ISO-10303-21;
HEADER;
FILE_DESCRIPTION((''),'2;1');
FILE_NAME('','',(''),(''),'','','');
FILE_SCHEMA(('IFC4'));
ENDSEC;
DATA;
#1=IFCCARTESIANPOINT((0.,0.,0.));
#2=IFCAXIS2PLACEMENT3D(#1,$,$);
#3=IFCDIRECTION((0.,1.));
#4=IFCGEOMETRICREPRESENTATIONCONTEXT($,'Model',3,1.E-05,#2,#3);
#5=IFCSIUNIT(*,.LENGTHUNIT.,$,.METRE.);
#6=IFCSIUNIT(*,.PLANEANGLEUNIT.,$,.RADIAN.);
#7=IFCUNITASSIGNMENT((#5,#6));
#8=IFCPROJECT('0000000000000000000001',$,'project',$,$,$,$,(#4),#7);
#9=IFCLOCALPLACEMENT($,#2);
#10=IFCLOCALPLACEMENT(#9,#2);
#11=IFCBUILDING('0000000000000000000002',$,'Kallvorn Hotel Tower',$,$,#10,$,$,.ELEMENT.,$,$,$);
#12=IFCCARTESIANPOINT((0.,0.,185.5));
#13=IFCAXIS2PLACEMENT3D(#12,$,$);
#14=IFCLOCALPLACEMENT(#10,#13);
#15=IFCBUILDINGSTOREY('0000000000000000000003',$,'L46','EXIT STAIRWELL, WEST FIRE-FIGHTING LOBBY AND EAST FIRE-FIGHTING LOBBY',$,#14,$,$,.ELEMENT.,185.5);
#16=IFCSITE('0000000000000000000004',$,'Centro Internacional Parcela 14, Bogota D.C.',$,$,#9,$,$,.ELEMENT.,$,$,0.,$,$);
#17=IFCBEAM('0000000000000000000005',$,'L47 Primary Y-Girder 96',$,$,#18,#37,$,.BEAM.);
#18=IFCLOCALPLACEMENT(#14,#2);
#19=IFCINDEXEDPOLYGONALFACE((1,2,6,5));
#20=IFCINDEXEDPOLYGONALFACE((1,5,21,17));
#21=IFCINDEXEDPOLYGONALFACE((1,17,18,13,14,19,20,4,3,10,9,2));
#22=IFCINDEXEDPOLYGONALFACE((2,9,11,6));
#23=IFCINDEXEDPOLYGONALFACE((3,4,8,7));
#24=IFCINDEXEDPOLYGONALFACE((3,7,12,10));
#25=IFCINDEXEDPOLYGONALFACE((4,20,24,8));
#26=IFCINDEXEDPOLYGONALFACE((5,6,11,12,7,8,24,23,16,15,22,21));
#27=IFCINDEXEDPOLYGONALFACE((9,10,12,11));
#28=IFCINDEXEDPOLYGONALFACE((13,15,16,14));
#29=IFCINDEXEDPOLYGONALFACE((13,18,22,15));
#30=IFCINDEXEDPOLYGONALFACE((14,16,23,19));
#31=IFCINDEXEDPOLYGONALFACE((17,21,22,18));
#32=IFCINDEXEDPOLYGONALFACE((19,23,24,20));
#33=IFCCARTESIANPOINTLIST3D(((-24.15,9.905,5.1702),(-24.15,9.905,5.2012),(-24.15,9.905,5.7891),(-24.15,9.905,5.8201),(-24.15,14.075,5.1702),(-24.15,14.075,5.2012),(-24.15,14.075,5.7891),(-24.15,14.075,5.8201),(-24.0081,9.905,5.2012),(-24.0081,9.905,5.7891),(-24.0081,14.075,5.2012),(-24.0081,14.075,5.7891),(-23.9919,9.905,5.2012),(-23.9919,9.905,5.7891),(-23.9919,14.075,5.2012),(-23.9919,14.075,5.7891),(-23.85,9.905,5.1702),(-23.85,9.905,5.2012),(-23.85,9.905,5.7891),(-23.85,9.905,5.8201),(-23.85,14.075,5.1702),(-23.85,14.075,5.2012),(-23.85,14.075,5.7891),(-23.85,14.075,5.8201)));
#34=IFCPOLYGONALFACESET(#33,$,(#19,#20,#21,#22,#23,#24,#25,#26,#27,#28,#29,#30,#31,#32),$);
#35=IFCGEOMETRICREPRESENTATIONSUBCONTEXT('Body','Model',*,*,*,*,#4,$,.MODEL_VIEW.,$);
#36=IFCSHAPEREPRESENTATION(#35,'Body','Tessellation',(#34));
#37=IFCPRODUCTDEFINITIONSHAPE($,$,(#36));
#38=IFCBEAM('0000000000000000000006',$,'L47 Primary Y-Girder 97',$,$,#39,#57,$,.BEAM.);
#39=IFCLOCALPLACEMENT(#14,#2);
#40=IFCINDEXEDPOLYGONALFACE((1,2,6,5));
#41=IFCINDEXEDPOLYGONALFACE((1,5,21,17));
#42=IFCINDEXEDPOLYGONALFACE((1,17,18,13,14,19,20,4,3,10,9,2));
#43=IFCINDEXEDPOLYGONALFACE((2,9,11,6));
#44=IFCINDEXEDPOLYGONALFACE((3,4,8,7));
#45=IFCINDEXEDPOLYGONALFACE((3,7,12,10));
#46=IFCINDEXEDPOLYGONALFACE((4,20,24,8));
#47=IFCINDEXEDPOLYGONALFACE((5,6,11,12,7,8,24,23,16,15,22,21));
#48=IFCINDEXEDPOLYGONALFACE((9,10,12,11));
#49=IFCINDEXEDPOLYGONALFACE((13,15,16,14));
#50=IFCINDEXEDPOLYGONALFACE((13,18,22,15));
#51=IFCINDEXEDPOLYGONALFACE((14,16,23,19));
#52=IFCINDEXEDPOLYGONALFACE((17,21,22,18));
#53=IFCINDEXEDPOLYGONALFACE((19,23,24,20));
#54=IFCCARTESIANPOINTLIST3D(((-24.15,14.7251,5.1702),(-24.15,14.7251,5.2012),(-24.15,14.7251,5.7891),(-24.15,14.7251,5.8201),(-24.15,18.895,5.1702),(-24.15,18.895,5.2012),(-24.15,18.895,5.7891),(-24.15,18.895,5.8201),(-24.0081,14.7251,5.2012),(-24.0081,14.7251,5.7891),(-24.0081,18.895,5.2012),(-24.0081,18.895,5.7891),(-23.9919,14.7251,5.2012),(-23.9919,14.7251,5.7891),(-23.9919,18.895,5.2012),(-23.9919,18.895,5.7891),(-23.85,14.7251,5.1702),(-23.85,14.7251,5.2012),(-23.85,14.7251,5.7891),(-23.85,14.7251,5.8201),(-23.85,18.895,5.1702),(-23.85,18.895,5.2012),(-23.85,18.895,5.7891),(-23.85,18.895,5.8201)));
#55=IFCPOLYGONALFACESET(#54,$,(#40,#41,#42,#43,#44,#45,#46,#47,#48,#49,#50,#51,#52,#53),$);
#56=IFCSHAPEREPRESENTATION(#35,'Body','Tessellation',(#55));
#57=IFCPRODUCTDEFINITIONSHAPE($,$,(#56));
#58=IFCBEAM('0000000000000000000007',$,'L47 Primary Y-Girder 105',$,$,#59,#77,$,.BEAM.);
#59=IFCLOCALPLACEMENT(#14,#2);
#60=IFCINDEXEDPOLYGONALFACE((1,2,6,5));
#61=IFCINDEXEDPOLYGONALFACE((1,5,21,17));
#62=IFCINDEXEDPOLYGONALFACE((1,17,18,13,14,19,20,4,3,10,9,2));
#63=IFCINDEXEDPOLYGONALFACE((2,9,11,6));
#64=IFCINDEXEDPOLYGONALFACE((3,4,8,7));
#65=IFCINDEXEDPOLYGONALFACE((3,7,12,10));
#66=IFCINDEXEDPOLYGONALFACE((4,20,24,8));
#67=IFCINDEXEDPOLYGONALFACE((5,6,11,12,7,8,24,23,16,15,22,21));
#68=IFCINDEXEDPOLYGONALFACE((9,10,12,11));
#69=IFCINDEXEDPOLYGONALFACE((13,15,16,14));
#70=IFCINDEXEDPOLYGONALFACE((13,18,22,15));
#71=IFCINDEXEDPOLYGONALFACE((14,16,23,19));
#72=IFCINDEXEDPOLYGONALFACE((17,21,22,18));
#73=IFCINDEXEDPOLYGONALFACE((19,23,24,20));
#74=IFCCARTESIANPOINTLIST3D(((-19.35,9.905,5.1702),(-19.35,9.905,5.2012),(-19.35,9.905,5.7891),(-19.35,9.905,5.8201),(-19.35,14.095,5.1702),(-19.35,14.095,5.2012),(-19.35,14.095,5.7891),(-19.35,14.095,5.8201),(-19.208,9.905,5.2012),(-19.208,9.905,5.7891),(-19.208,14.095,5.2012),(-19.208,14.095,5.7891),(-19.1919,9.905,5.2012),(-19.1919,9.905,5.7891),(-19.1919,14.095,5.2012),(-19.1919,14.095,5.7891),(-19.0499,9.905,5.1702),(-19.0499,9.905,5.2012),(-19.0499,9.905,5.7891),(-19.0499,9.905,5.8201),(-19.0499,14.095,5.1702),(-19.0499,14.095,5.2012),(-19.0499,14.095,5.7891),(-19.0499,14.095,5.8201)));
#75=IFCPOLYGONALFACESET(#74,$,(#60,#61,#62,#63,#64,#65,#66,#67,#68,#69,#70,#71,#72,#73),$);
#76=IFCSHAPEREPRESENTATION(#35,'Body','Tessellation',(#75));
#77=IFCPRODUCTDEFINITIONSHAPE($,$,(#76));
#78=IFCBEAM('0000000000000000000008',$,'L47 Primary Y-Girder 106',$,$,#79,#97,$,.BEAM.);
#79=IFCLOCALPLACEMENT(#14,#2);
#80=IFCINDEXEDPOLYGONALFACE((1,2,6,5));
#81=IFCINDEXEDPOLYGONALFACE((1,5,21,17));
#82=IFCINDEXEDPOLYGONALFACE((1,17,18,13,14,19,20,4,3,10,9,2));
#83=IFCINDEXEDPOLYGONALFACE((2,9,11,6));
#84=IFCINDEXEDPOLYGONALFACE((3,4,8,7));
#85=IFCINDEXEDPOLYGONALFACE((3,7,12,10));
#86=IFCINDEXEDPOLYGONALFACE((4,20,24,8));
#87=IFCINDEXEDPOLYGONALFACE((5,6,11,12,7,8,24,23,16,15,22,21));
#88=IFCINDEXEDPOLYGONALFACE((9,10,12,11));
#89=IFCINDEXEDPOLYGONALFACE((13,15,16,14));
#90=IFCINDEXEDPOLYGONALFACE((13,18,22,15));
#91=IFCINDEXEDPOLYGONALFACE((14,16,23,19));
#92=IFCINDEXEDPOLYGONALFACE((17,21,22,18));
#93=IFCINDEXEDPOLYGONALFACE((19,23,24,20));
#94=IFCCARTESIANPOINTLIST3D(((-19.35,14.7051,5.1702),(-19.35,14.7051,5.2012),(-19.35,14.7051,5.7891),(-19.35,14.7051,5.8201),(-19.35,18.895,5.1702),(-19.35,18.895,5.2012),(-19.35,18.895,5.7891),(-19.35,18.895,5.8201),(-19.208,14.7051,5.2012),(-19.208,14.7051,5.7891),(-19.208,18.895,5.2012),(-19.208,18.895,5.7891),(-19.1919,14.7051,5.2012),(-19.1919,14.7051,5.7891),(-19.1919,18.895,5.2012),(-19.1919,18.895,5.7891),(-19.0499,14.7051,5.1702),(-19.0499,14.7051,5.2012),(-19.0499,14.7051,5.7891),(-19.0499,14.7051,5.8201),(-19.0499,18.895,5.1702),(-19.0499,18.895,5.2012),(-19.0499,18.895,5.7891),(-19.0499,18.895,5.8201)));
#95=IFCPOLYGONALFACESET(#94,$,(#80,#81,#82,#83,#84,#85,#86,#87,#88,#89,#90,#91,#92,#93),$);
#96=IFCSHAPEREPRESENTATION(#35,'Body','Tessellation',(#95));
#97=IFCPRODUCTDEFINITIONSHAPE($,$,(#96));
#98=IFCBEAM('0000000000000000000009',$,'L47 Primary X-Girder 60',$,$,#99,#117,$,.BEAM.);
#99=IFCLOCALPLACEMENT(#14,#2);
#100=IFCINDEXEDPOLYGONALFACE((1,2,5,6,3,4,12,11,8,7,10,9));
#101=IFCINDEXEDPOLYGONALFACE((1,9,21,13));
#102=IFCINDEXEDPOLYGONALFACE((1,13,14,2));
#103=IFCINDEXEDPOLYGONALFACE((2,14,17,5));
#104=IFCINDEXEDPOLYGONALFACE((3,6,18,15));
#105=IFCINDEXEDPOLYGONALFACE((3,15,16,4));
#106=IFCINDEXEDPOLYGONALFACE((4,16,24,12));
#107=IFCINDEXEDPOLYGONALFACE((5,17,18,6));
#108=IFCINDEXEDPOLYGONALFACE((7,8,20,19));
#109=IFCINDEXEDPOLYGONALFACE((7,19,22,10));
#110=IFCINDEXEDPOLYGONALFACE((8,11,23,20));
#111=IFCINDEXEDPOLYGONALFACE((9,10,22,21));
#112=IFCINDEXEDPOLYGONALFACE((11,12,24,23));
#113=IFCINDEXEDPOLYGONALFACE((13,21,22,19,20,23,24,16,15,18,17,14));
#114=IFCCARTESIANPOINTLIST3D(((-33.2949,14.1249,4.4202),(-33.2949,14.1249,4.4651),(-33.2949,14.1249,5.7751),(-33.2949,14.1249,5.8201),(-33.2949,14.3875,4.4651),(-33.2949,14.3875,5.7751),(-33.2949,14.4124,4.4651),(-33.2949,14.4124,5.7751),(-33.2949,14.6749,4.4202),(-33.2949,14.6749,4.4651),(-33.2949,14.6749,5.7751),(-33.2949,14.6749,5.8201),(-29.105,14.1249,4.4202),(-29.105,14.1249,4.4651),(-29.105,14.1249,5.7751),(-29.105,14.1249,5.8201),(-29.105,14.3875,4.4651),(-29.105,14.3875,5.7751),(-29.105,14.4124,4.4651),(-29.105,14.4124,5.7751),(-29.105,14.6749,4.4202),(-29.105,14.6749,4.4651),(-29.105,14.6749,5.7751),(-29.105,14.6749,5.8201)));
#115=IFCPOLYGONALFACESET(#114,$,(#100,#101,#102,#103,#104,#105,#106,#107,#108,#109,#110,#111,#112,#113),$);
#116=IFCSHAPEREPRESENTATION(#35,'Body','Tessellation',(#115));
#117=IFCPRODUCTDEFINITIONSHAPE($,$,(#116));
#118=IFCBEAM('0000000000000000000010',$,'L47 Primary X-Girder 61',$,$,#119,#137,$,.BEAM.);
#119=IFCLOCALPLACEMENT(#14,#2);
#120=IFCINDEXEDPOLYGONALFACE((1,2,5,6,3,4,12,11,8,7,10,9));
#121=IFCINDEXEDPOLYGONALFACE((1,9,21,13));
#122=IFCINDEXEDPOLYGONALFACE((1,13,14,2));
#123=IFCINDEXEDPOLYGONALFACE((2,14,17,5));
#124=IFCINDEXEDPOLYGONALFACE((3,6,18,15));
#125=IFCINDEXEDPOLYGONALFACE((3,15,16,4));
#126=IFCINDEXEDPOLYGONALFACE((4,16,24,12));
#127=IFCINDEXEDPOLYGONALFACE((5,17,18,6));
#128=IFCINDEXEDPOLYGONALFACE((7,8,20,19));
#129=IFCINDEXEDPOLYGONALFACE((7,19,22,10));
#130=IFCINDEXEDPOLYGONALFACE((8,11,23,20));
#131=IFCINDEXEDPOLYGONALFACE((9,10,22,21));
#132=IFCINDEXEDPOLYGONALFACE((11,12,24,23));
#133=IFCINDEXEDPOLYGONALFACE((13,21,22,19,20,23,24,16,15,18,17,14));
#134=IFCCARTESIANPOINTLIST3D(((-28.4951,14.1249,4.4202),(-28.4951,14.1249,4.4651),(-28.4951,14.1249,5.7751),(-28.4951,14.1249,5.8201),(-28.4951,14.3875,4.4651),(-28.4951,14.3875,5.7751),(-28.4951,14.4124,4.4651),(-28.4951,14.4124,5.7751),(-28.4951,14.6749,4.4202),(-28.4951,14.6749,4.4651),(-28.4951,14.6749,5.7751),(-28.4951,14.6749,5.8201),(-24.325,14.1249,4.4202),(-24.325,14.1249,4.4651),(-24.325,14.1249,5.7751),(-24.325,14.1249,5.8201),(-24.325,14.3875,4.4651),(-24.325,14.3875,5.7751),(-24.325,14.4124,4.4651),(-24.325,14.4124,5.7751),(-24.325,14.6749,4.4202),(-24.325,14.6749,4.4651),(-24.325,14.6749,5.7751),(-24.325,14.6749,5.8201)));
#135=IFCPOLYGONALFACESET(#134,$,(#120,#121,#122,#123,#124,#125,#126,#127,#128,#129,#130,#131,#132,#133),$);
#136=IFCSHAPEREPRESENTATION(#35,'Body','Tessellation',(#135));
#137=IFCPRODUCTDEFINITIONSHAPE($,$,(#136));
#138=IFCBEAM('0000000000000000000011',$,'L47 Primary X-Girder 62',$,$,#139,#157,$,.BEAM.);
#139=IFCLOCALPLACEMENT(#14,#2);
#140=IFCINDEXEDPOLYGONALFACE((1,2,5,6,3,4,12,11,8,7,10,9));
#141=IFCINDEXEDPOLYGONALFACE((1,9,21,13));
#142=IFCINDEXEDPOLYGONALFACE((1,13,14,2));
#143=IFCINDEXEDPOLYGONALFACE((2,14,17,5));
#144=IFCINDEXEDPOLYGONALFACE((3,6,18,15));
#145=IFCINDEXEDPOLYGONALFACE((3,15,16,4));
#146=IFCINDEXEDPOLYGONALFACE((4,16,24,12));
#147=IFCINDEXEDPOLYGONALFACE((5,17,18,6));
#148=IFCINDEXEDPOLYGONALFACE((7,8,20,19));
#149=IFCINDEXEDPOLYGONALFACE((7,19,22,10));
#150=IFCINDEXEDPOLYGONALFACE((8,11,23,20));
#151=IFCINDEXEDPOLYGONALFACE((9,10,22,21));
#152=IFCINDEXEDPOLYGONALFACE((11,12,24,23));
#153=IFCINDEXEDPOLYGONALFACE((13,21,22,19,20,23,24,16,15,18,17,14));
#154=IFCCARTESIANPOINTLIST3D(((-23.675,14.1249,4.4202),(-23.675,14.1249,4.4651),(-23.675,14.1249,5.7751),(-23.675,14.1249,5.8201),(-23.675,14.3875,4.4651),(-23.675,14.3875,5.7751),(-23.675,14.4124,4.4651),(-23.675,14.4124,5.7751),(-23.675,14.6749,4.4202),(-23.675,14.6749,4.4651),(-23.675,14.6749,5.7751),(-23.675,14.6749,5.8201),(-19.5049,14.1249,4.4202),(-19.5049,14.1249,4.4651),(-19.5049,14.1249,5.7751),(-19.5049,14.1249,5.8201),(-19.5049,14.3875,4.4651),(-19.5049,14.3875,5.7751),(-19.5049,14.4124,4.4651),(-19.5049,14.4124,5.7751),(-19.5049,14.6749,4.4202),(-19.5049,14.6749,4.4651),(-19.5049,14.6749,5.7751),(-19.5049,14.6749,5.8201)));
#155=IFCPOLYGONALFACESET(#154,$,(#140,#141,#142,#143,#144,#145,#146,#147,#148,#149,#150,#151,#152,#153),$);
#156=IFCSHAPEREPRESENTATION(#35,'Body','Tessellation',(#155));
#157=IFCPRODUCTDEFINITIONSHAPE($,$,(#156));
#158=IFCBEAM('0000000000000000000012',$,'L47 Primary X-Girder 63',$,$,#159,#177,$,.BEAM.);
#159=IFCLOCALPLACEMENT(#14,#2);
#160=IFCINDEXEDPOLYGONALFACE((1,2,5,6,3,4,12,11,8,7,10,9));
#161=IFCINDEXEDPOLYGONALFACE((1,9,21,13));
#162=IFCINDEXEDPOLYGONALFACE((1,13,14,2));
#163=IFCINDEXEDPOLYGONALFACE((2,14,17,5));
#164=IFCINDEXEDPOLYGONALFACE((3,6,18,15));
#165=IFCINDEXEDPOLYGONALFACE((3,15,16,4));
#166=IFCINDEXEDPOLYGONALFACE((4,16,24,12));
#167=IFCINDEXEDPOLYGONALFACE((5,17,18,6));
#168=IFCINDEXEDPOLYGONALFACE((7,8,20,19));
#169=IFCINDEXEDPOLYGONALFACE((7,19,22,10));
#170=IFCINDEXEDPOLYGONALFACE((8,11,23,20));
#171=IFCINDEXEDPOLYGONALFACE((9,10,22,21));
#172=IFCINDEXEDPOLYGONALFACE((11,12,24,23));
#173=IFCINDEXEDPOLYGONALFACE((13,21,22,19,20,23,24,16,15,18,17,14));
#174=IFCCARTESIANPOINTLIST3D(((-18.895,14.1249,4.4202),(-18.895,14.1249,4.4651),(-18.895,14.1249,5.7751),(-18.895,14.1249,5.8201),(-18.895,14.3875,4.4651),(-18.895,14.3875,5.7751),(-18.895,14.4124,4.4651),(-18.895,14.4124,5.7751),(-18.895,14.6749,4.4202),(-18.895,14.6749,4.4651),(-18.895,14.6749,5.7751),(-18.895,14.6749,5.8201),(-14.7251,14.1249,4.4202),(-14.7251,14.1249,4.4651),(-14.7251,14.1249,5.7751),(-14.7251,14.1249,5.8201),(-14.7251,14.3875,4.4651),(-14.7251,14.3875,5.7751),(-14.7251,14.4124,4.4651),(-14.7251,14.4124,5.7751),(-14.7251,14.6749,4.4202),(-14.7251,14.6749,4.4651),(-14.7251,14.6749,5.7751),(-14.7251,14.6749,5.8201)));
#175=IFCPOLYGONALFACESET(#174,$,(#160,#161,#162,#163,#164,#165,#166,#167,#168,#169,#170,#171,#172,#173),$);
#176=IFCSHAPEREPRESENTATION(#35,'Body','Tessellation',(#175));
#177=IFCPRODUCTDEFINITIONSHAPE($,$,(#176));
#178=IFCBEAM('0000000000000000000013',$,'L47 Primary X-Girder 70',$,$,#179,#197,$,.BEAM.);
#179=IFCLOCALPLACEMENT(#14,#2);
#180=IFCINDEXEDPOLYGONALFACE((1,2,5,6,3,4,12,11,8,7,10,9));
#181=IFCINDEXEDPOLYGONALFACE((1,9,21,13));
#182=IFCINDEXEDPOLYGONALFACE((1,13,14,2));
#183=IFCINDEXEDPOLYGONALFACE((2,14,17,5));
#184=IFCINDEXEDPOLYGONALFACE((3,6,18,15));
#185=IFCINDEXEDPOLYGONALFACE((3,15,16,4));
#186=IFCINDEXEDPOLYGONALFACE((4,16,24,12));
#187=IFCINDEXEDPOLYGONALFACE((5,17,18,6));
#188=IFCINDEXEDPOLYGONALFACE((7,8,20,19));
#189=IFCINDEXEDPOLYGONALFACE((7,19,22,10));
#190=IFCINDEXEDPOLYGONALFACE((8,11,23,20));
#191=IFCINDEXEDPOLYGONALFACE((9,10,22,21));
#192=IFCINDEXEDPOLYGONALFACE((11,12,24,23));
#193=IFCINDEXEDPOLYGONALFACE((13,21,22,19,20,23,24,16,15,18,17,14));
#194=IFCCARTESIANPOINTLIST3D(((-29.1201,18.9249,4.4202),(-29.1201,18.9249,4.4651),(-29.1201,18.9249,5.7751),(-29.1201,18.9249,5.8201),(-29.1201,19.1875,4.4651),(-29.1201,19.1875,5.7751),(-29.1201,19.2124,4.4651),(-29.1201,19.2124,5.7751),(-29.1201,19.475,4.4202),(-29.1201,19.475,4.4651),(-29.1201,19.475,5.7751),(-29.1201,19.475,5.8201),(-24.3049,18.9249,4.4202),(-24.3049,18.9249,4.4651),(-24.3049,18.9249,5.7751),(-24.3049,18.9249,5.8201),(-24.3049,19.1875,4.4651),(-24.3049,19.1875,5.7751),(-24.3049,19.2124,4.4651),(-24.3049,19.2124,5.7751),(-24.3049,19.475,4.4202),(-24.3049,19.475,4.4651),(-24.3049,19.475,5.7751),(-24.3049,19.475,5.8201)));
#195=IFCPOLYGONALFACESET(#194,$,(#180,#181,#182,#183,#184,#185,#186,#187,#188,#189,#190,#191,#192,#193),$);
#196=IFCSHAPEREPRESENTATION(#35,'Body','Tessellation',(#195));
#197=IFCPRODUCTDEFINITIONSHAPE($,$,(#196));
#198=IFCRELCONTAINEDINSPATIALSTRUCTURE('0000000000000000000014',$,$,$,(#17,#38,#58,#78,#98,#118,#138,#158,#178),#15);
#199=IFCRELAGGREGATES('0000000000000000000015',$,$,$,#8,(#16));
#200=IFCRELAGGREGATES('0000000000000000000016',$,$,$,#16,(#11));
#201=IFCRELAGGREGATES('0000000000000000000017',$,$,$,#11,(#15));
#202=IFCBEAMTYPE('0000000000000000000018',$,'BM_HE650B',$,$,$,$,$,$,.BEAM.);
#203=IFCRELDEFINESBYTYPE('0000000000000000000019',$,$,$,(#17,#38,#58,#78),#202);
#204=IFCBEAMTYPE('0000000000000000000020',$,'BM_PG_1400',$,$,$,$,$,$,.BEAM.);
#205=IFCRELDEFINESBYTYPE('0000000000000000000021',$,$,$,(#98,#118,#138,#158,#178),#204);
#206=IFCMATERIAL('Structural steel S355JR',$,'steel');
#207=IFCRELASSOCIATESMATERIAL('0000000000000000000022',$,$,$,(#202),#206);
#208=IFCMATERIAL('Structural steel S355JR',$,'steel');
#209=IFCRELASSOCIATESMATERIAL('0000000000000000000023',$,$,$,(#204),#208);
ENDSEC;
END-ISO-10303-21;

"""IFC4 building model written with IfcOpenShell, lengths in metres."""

from ifc_helpers import new_model, si_unit, direction, frame, origin, origin_2d, place, context, subcontext, project, spatial, i_section, extrude, material, material_profile, profile_set, type_object, element, save


model = new_model("IFC4")

# Units and contexts
model_context = context("Model", 3, precision=1e-05, world=origin(), true_north=direction((0.0, 1.0)))
body_context = subcontext(model_context, "Body", "Model", "MODEL_VIEW")
ifc_project = project(units=[si_unit("LENGTHUNIT", "METRE"), si_unit("PLANEANGLEUNIT", "RADIAN")], contexts=[model_context])

# Site, building, storey
site_placement = place(None, origin())
site = spatial("IfcSite", under=ifc_project, at=site_placement, Name="Centro Internacional Parcela 14, Bogota D.C.", CompositionType="ELEMENT", RefElevation=0.0)
building_placement = place(site_placement, origin())
building = spatial("IfcBuilding", under=site, at=building_placement, Name="Kallvorn Hotel Tower", CompositionType="ELEMENT")
storey_placement = place(building_placement, frame((0.0, 0.0, 185.5)))
storey = spatial("IfcBuildingStorey", under=building, at=storey_placement, Name="L46", Description="EXIT STAIRWELL, WEST FIRE-FIGHTING LOBBY AND EAST FIRE-FIGHTING LOBBY", CompositionType="ELEMENT", Elevation=185.5)

# Beams
ifc_material_1 = material(Name="Structural steel S355JR", Category="steel")
ifc_material_profile_1 = material_profile(ifc_material_1, i_section(OverallWidth=0.3, OverallDepth=0.6499, WebThickness=0.0161, FlangeThickness=0.031, at=origin_2d()), Name="HE 650 B")
ifc_profile_set_1 = profile_set([ifc_material_profile_1], Name="Structural steel S355JR")
beam_type_1 = type_object("IfcBeamType", Name="BM_HE650B", PredefinedType="BEAM", material=ifc_profile_set_1)
for number, where, z_axis, x_axis, name in (
    (1, (-24.0, 9.905, 5.4951), (0.0, 1.0, 0.0), (-1.0, 0.0, 0.0), "L47 Primary Y-Girder 96"),
    (2, (-24.0, 14.7251, 5.4951), (0.0, 1.0, 0.0), (-1.0, 0.0, 0.0), "L47 Primary Y-Girder 97"),
):
    element("IfcBeam", number, at=place(storey_placement, frame(where, z_axis=z_axis, x_axis=x_axis)), inside=storey, type_object=beam_type_1, Name=name, PredefinedType="BEAM", context=body_context, shape_type="SweptSolid", body=[
        extrude(i_section(OverallWidth=0.3, OverallDepth=0.6499, WebThickness=0.0161, FlangeThickness=0.031, at=origin_2d()), origin(), (0.0, 0.0, 1.0), 4.1699),
    ])
for number, where, z_axis, x_axis, name in (
    (3, (-19.2, 9.905, 5.4951), (0.0, 1.0, 0.0), (-1.0, 0.0, 0.0), "L47 Primary Y-Girder 105"),
    (4, (-19.2, 14.7051, 5.4951), (0.0, 1.0, 0.0), (-1.0, 0.0, 0.0), "L47 Primary Y-Girder 106"),
):
    element("IfcBeam", number, at=place(storey_placement, frame(where, z_axis=z_axis, x_axis=x_axis)), inside=storey, type_object=beam_type_1, Name=name, PredefinedType="BEAM", context=body_context, shape_type="SweptSolid", body=[
        extrude(i_section(OverallWidth=0.3, OverallDepth=0.6499, WebThickness=0.0161, FlangeThickness=0.031, at=origin_2d()), origin(), (0.0, 0.0, 1.0), 4.1899),
    ])
ifc_material_2 = material(Name="Structural steel S355JR", Category="steel")
ifc_material_profile_2 = material_profile(ifc_material_2, i_section(OverallWidth=0.55, OverallDepth=1.3999, WebThickness=0.0249, FlangeThickness=0.0449, at=origin_2d()), Name="PG 1400x550x25x45")
ifc_profile_set_2 = profile_set([ifc_material_profile_2], Name="Structural steel S355JR")
beam_type_2 = type_object("IfcBeamType", Name="BM_PG_1400", PredefinedType="BEAM", material=ifc_profile_set_2)
beam_1_placement = place(storey_placement, frame((-33.2949, 14.3999, 5.1201), z_axis=(1.0, 0.0, 0.0), x_axis=(0.0, 1.0, 0.0)))
element("IfcBeam", 5, at=beam_1_placement, inside=storey, type_object=beam_type_2, Name="L47 Primary X-Girder 60", PredefinedType="BEAM", context=body_context, shape_type="SweptSolid", body=[
    extrude(i_section(OverallWidth=0.55, OverallDepth=1.3999, WebThickness=0.0249, FlangeThickness=0.0449, at=origin_2d()), origin(), (0.0, 0.0, 1.0), 4.1899),
])
for number, where, z_axis, x_axis, name in (
    (6, (-28.4951, 14.3999, 5.1201), (1.0, 0.0, 0.0), (0.0, 1.0, 0.0), "L47 Primary X-Girder 61"),
    (7, (-23.675, 14.3999, 5.1201), (1.0, 0.0, 0.0), (0.0, 1.0, 0.0), "L47 Primary X-Girder 62"),
):
    element("IfcBeam", number, at=place(storey_placement, frame(where, z_axis=z_axis, x_axis=x_axis)), inside=storey, type_object=beam_type_2, Name=name, PredefinedType="BEAM", context=body_context, shape_type="SweptSolid", body=[
        extrude(i_section(OverallWidth=0.55, OverallDepth=1.3999, WebThickness=0.0249, FlangeThickness=0.0449, at=origin_2d()), origin(), (0.0, 0.0, 1.0), 4.1702),
    ])
beam_2_placement = place(storey_placement, frame((-18.895, 14.3999, 5.1201), z_axis=(1.0, 0.0, 0.0), x_axis=(0.0, 1.0, 0.0)))
element("IfcBeam", 8, at=beam_2_placement, inside=storey, type_object=beam_type_2, Name="L47 Primary X-Girder 63", PredefinedType="BEAM", context=body_context, shape_type="SweptSolid", body=[
    extrude(i_section(OverallWidth=0.55, OverallDepth=1.3999, WebThickness=0.0249, FlangeThickness=0.0449, at=origin_2d()), origin(), (0.0, 0.0, 1.0), 4.1699),
])
beam_3_placement = place(storey_placement, frame((-29.1201, 19.2, 5.1201), z_axis=(1.0, 0.0, 0.0), x_axis=(0.0, 1.0, 0.0)))
element("IfcBeam", 9, at=beam_3_placement, inside=storey, type_object=beam_type_2, Name="L47 Primary X-Girder 70", PredefinedType="BEAM", context=body_context, shape_type="SweptSolid", body=[
    extrude(i_section(OverallWidth=0.55, OverallDepth=1.3999, WebThickness=0.0249, FlangeThickness=0.0449, at=origin_2d()), origin(), (0.0, 0.0, 1.0), 4.8152),
])

save(model, "model.ifc")
